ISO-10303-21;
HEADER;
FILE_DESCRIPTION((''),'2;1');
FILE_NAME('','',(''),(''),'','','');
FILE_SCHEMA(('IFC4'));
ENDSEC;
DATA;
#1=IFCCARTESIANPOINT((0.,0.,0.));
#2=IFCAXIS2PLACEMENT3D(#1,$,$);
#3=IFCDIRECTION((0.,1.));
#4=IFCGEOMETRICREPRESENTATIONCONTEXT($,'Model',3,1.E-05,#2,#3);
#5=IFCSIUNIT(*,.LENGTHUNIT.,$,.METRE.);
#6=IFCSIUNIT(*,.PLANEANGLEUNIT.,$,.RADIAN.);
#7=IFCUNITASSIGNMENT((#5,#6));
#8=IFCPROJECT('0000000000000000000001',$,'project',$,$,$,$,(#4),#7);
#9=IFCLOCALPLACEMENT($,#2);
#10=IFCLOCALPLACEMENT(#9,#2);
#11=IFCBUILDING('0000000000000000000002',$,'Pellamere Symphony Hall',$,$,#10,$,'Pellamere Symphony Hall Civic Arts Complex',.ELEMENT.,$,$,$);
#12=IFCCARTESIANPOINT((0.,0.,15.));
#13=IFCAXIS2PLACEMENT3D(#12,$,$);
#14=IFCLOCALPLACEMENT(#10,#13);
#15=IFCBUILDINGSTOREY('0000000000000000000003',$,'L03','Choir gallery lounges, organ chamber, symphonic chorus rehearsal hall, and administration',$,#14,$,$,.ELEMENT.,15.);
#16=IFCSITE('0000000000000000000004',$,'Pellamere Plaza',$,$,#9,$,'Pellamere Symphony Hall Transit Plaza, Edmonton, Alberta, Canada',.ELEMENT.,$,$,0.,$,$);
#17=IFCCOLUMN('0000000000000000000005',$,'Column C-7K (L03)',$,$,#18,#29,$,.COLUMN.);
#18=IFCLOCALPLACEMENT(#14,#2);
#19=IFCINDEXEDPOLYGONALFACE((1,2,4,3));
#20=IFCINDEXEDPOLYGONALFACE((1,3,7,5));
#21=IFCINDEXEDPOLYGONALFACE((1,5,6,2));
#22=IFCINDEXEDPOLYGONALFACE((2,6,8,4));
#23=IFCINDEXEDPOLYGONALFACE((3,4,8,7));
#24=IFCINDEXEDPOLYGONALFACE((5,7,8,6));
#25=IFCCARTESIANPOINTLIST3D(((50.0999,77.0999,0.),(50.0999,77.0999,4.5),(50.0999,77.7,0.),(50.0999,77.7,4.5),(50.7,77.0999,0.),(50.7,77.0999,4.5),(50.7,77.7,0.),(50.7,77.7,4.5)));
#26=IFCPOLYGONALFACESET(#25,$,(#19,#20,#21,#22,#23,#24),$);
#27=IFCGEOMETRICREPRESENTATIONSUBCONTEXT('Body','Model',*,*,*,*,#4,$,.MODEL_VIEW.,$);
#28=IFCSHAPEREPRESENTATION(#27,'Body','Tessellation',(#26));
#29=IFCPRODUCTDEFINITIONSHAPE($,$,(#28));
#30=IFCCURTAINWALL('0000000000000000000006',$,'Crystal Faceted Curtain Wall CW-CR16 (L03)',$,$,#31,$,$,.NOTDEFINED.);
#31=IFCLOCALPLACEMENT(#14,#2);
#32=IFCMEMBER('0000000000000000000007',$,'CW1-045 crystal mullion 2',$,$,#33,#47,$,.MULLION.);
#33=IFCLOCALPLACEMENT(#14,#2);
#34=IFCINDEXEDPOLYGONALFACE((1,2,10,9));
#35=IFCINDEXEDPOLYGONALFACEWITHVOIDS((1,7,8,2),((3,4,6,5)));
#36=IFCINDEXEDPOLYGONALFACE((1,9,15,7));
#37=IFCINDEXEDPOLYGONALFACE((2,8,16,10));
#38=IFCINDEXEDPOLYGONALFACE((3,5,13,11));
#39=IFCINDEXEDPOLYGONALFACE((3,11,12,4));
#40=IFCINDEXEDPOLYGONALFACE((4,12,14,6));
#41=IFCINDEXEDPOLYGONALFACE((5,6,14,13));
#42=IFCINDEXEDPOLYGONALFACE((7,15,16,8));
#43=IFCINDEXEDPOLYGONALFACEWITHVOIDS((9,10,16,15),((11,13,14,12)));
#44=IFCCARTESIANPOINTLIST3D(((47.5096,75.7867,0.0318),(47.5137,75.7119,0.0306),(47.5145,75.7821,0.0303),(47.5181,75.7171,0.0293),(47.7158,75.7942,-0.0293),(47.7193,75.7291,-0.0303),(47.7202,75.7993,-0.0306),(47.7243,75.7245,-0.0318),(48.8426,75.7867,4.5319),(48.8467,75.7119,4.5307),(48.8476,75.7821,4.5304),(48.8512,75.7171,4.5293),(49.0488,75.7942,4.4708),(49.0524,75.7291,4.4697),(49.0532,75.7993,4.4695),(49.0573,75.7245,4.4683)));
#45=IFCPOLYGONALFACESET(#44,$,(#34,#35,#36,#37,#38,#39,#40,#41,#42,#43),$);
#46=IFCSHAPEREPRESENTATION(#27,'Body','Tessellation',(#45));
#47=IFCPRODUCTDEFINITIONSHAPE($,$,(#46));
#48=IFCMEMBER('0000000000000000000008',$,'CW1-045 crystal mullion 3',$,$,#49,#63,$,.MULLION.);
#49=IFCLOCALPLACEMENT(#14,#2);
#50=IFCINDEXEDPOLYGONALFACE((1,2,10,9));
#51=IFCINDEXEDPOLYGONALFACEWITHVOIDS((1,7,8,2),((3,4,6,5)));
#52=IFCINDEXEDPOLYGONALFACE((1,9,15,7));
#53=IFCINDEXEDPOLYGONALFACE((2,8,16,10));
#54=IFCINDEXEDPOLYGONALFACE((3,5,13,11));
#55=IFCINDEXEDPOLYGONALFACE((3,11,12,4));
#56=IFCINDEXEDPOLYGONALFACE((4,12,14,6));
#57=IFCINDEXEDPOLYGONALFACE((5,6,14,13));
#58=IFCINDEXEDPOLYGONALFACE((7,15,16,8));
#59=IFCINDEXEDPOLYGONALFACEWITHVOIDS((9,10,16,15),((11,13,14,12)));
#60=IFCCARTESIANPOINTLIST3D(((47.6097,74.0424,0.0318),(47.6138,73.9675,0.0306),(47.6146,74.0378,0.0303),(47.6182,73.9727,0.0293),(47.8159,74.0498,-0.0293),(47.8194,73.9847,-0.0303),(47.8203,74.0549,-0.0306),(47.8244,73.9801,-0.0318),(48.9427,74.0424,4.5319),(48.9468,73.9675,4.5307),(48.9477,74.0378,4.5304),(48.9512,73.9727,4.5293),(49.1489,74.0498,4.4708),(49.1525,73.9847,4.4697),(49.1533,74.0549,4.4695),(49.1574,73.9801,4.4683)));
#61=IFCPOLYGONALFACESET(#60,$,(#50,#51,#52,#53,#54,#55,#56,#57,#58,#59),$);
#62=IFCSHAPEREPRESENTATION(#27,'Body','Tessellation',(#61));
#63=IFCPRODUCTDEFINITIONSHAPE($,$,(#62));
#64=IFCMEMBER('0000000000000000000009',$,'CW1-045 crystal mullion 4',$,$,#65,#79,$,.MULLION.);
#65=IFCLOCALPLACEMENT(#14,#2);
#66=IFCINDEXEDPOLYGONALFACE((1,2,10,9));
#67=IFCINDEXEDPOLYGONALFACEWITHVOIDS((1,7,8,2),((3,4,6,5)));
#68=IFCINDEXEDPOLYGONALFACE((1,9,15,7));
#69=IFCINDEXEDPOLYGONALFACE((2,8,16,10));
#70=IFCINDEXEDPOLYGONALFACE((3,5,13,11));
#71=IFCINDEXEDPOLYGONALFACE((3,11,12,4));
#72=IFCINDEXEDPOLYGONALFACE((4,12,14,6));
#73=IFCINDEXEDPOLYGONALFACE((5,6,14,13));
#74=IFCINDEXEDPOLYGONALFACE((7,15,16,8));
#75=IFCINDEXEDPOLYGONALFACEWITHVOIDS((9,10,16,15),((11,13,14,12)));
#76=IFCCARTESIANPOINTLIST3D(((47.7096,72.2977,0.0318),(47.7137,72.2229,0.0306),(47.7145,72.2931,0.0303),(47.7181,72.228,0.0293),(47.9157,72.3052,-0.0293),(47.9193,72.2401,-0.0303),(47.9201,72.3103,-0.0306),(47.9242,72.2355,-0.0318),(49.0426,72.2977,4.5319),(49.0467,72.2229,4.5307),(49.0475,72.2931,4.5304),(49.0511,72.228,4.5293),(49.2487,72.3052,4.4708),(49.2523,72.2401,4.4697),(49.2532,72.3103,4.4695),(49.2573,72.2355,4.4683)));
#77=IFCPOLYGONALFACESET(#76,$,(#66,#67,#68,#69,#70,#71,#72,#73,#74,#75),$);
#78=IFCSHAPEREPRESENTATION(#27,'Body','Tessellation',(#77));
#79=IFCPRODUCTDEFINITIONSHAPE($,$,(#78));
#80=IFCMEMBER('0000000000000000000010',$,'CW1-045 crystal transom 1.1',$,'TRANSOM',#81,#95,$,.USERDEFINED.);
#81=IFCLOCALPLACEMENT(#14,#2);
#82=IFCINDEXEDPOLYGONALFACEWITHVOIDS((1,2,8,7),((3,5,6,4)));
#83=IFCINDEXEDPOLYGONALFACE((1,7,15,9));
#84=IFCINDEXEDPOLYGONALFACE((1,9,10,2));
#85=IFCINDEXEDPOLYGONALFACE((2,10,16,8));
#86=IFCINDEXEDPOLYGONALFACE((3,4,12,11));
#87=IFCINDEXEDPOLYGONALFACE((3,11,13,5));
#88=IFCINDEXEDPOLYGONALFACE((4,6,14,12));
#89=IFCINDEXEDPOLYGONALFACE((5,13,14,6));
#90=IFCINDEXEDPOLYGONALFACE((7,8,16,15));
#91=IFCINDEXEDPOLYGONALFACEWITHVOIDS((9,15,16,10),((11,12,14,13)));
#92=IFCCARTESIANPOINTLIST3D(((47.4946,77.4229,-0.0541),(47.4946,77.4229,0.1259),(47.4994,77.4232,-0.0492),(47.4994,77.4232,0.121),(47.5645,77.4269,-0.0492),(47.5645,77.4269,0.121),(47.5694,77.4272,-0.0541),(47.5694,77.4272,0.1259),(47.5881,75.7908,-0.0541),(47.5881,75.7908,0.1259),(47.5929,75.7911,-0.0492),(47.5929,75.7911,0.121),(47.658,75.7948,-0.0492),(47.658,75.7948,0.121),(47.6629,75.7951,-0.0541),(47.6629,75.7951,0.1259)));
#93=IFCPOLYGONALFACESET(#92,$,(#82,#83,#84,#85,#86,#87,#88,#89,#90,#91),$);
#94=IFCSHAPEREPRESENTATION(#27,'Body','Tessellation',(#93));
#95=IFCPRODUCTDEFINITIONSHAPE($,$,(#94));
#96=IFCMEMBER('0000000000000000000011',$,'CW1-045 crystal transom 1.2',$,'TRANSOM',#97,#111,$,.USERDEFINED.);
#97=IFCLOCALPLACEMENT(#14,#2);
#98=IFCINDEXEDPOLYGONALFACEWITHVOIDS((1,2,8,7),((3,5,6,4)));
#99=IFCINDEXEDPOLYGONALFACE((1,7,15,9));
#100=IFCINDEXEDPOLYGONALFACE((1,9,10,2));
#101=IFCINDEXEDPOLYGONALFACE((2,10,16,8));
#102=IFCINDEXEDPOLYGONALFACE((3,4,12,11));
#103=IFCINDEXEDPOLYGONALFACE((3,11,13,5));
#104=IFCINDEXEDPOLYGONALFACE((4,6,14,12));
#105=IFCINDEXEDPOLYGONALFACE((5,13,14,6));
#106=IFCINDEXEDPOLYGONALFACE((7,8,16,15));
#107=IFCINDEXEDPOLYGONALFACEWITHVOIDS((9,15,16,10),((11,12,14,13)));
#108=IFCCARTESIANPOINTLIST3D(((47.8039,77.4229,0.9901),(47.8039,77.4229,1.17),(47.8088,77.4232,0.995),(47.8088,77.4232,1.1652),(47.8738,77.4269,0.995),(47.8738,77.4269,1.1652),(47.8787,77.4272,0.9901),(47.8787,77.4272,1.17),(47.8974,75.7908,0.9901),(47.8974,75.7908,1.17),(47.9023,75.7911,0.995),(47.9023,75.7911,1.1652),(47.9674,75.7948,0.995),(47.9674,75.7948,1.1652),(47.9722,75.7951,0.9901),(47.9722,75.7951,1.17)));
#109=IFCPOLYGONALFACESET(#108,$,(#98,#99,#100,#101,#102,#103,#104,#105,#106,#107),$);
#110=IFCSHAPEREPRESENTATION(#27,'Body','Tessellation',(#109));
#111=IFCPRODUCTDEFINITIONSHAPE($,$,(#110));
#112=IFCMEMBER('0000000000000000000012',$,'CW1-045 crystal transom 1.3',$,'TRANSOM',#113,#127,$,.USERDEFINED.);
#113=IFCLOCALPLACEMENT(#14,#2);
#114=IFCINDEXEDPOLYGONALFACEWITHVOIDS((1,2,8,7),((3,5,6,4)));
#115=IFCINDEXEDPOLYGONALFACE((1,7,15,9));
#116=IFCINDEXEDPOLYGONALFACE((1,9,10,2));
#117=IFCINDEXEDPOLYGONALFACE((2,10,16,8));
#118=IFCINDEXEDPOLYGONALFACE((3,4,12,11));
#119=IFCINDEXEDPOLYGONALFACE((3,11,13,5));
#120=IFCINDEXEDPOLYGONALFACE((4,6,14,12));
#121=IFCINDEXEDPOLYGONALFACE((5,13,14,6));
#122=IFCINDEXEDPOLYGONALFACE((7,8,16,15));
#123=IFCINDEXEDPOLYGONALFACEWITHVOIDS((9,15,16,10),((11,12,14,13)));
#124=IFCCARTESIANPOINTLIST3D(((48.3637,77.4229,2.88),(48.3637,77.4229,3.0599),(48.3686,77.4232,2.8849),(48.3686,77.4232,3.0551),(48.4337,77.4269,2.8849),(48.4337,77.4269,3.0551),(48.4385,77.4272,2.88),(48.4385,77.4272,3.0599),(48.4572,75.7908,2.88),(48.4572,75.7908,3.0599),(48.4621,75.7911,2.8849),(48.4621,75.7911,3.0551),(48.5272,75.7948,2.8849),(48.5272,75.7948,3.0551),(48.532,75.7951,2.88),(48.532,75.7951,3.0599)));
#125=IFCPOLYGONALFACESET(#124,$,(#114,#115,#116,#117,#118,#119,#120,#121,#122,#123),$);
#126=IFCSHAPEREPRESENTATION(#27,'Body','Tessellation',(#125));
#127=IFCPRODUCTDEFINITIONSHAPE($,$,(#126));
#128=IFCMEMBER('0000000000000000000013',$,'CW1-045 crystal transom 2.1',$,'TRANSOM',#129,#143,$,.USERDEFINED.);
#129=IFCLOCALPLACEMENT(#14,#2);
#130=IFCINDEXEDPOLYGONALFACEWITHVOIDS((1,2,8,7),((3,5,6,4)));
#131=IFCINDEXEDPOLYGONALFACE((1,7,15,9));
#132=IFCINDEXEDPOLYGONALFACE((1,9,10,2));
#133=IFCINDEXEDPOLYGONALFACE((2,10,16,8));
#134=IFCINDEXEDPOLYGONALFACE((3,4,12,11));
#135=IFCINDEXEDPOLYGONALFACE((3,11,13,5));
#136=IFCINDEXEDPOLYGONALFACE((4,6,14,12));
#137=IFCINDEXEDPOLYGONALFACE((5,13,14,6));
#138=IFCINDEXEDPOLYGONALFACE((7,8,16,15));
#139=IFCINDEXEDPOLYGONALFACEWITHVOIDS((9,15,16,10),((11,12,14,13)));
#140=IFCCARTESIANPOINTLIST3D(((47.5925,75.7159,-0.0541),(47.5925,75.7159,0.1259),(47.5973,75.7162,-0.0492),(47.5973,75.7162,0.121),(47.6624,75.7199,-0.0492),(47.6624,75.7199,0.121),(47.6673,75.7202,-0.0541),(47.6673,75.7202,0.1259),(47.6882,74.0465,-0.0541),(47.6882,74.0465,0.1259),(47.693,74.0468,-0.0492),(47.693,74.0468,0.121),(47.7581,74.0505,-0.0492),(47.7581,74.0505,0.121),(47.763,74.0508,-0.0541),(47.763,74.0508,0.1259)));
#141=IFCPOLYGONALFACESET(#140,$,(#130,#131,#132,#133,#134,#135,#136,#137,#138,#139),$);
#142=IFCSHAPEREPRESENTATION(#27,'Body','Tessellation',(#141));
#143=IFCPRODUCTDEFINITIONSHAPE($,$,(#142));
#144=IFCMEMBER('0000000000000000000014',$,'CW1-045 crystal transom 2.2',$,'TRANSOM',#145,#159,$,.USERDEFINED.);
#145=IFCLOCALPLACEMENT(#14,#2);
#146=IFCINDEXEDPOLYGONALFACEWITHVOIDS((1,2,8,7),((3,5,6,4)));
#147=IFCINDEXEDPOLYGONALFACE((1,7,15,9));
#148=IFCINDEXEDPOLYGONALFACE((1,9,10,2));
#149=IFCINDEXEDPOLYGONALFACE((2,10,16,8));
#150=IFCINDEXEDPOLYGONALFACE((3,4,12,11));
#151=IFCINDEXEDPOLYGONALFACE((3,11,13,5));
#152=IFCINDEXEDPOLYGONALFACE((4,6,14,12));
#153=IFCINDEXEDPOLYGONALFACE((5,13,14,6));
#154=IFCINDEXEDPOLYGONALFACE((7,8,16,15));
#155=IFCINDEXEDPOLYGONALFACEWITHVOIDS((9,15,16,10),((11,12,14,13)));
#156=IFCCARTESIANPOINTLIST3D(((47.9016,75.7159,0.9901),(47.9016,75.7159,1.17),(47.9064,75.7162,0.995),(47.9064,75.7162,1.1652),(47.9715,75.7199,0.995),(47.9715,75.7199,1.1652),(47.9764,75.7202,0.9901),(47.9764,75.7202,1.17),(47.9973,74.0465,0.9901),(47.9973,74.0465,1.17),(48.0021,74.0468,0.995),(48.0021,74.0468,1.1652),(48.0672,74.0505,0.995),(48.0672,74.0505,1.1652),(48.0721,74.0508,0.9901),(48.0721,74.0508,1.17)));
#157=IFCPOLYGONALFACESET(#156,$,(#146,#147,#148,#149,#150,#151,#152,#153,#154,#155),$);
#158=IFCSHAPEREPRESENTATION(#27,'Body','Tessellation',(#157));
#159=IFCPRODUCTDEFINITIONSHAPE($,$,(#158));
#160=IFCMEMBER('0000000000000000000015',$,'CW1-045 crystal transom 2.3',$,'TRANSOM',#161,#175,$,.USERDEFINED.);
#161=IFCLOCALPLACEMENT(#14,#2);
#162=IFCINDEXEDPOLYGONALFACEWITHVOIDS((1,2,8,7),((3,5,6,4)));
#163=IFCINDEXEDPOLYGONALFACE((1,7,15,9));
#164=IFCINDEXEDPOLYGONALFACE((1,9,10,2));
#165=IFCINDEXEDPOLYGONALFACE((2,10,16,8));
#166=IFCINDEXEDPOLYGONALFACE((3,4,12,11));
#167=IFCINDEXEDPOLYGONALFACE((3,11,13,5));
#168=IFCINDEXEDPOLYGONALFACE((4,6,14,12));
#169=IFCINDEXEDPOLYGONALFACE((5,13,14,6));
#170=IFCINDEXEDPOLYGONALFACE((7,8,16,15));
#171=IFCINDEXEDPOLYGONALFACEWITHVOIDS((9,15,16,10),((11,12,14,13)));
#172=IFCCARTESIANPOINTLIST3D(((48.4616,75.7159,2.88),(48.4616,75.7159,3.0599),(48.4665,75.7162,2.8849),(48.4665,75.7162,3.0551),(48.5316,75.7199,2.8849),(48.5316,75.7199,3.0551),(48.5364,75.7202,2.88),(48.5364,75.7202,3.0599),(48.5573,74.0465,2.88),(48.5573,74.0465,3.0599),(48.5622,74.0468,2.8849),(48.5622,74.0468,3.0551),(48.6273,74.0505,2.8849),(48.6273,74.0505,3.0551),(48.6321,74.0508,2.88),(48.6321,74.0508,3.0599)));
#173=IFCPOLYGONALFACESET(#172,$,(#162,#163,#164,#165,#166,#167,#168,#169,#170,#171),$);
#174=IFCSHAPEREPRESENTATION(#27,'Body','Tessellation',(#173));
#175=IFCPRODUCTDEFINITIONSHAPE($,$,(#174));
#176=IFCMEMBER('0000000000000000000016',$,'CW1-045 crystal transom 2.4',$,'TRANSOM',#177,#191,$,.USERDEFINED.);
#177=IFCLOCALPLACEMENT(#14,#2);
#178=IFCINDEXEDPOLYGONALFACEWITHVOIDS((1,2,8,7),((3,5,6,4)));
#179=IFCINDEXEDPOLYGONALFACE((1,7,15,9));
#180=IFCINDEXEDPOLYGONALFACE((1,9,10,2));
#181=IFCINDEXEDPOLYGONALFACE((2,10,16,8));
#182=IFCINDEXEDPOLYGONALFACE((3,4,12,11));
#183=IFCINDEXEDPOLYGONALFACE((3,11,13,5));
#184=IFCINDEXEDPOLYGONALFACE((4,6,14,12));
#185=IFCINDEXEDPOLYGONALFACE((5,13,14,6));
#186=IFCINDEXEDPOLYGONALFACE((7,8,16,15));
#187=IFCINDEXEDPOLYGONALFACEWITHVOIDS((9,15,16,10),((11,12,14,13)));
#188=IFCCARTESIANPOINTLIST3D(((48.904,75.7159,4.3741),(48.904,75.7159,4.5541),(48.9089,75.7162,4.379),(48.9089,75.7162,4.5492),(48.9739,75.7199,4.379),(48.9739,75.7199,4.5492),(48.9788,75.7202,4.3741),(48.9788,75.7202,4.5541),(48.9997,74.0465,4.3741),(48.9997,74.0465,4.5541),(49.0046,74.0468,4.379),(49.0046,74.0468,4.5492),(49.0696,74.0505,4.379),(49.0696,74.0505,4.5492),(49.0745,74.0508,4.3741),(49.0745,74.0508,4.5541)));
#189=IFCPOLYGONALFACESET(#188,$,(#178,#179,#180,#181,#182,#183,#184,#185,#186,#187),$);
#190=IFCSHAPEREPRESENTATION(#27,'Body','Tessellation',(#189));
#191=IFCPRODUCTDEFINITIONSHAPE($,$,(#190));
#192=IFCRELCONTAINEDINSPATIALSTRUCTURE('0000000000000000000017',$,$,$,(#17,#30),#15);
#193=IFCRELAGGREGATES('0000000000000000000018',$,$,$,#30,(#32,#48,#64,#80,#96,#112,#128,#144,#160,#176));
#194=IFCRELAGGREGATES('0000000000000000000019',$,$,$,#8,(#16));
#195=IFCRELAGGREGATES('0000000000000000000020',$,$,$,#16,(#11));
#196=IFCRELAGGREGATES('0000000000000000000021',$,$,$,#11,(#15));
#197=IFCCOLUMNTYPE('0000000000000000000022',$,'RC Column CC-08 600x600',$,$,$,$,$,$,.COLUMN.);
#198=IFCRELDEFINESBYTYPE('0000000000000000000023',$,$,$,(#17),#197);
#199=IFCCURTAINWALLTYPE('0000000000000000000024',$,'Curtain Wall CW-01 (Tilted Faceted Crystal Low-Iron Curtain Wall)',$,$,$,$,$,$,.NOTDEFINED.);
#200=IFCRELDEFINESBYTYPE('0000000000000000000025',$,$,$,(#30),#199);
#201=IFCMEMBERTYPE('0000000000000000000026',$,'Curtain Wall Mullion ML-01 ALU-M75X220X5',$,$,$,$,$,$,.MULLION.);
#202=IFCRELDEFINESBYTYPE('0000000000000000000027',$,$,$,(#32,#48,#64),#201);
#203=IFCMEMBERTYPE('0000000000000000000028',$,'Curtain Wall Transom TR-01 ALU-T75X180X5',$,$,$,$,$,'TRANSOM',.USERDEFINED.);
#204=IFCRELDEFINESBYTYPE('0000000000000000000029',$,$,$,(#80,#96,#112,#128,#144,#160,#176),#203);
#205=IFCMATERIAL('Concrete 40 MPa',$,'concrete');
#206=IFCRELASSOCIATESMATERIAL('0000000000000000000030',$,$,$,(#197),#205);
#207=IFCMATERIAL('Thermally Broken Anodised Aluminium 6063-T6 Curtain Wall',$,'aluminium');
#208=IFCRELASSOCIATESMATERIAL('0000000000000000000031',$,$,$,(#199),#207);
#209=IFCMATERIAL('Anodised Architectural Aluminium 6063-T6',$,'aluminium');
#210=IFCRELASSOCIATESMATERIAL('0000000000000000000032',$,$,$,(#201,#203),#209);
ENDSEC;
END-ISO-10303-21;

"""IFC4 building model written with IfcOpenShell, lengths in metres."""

from ifc_helpers import new_model, si_unit, direction, frame, origin, origin_2d, place, context, subcontext, project, spatial, rectangle, hollow_rectangle, extrude, material, material_profile, profile_set, type_object, element, aggregate, save


model = new_model("IFC4")

# Units and contexts
model_context = context("Model", 3, precision=1e-05, world=origin(), true_north=direction((0.0, 1.0)))
body_context = subcontext(model_context, "Body", "Model", "MODEL_VIEW")
ifc_project = project(units=[si_unit("LENGTHUNIT", "METRE"), si_unit("PLANEANGLEUNIT", "RADIAN")], contexts=[model_context])

# Site, building, storey
site_placement = place(None, origin())
site = spatial("IfcSite", under=ifc_project, at=site_placement, Name="Pellamere Plaza", LongName="Pellamere Symphony Hall Transit Plaza, Edmonton, Alberta, Canada", CompositionType="ELEMENT", RefElevation=0.0)
building_placement = place(site_placement, origin())
building = spatial("IfcBuilding", under=site, at=building_placement, Name="Pellamere Symphony Hall", LongName="Pellamere Symphony Hall Civic Arts Complex", CompositionType="ELEMENT")
storey_placement = place(building_placement, frame((0.0, 0.0, 15.0)))
storey = spatial("IfcBuildingStorey", under=building, at=storey_placement, Name="L03", Description="Choir gallery lounges, organ chamber, symphonic chorus rehearsal hall, and administration", CompositionType="ELEMENT", Elevation=15.0)

# Column
ifc_material_1 = material(Name="Concrete 40 MPa", Category="concrete")
ifc_material_profile_1 = material_profile(ifc_material_1, rectangle(XDim=0.6001, YDim=0.6001, at=origin_2d()), Name="RC 600x600")
ifc_profile_set_1 = profile_set([ifc_material_profile_1], Name="Concrete 40 MPa")
column_type = type_object("IfcColumnType", Name="RC Column CC-08 600x600", PredefinedType="COLUMN", material=ifc_profile_set_1)
column_placement = place(storey_placement, frame((50.3999, 77.3999, 0.0), z_axis=(0.0, 0.0, 1.0), x_axis=(1.0, 0.0, 0.0)))
element("IfcColumn", 1, at=column_placement, inside=storey, type_object=column_type, Name="Column C-7K (L03)", PredefinedType="COLUMN", context=body_context, shape_type="SweptSolid", body=[
    extrude(rectangle(XDim=0.6001, YDim=0.6001, at=origin_2d()), origin(), (0.0, 0.0, 1.0), 4.5),
])

# Curtain wall, members
ifc_material_2 = material(Name="Thermally Broken Anodised Aluminium 6063-T6 Curtain Wall", Category="aluminium")
curtain_wall_type = type_object("IfcCurtainWallType", Name="Curtain Wall CW-01 (Tilted Faceted Crystal Low-Iron Curtain Wall)", PredefinedType="NOTDEFINED", material=ifc_material_2)
curtain_wall_placement = place(storey_placement, origin())
curtain_wall = element("IfcCurtainWall", 2, at=curtain_wall_placement, inside=storey, type_object=curtain_wall_type, Name="Crystal Faceted Curtain Wall CW-CR16 (L03)", PredefinedType="NOTDEFINED")
ifc_material_3 = material(Name="Anodised Architectural Aluminium 6063-T6", Category="aluminium")
ifc_material_profile_2 = material_profile(ifc_material_3, hollow_rectangle(XDim=0.075, YDim=0.22, WallThickness=0.0049, at=origin_2d()), Name="ALU-M75X220X5")
ifc_profile_set_2 = profile_set([ifc_material_profile_2], Name="Anodised Architectural Aluminium 6063-T6")
member_type_1 = type_object("IfcMemberType", Name="Curtain Wall Mullion ML-01 ALU-M75X220X5", PredefinedType="MULLION", material=ifc_profile_set_2)
member_1_placement = place(storey_placement, frame((47.6169, 75.7556, 0.0), z_axis=(0.284025, 0.0, 0.958817), x_axis=(-0.054874, 0.998361, 0.016255)))
member_1 = element("IfcMember", 3, at=member_1_placement, type_object=member_type_1, Name="CW1-045 crystal mullion 2", PredefinedType="MULLION", context=body_context, shape_type="SweptSolid", body=[
    extrude(hollow_rectangle(XDim=0.075, YDim=0.22, WallThickness=0.0049, at=origin_2d()), origin(), (0.0, 0.0, 1.0), 4.6934),
])
member_2_placement = place(storey_placement, frame((47.717, 74.0112, 0.0), z_axis=(0.284025, 0.0, 0.958817), x_axis=(-0.054874, 0.998361, 0.016255)))
member_2 = element("IfcMember", 4, at=member_2_placement, type_object=member_type_1, Name="CW1-045 crystal mullion 3", PredefinedType="MULLION", context=body_context, shape_type="SweptSolid", body=[
    extrude(hollow_rectangle(XDim=0.075, YDim=0.22, WallThickness=0.0049, at=origin_2d()), origin(), (0.0, 0.0, 1.0), 4.6934),
])
member_3_placement = place(storey_placement, frame((47.8169, 72.2666, 0.0), z_axis=(0.284025, 0.0, 0.958817), x_axis=(-0.054874, 0.998361, 0.016255)))
member_3 = element("IfcMember", 5, at=member_3_placement, type_object=member_type_1, Name="CW1-045 crystal mullion 4", PredefinedType="MULLION", context=body_context, shape_type="SweptSolid", body=[
    extrude(hollow_rectangle(XDim=0.075, YDim=0.22, WallThickness=0.0049, at=origin_2d()), origin(), (0.0, 0.0, 1.0), 4.6934),
])
ifc_material_profile_3 = material_profile(ifc_material_3, hollow_rectangle(XDim=0.075, YDim=0.1799, WallThickness=0.0049, at=origin_2d()), Name="ALU-T75X180X5")
ifc_profile_set_3 = profile_set([ifc_material_profile_3], Name="Anodised Architectural Aluminium 6063-T6")
member_type_2 = type_object("IfcMemberType", Name="Curtain Wall Transom TR-01 ALU-T75X180X5", ElementType="TRANSOM", PredefinedType="USERDEFINED", material=ifc_profile_set_3)
member_4_placement = place(storey_placement, frame((47.532, 77.425, 0.0359), z_axis=(0.057199, -0.998363, 0.0), x_axis=(0.998363, 0.057199, 0.0)))
member_4 = element("IfcMember", 6, at=member_4_placement, type_object=member_type_2, Name="CW1-045 crystal transom 1.1", ObjectType="TRANSOM", PredefinedType="USERDEFINED", context=body_context, shape_type="SweptSolid", body=[
    extrude(hollow_rectangle(XDim=0.075, YDim=0.1799, WallThickness=0.0049, at=origin_2d()), origin(), (0.0, 0.0, 1.0), 1.6348),
])
member_5_placement = place(storey_placement, frame((47.8413, 77.425, 1.0801), z_axis=(0.057199, -0.998363, 0.0), x_axis=(0.998363, 0.057199, 0.0)))
member_5 = element("IfcMember", 7, at=member_5_placement, type_object=member_type_2, Name="CW1-045 crystal transom 1.2", ObjectType="TRANSOM", PredefinedType="USERDEFINED", context=body_context, shape_type="SweptSolid", body=[
    extrude(hollow_rectangle(XDim=0.075, YDim=0.1799, WallThickness=0.0049, at=origin_2d()), origin(), (0.0, 0.0, 1.0), 1.6348),
])
member_6_placement = place(storey_placement, frame((48.4011, 77.425, 2.97), z_axis=(0.057199, -0.998363, 0.0), x_axis=(0.998363, 0.057199, 0.0)))
member_6 = element("IfcMember", 8, at=member_6_placement, type_object=member_type_2, Name="CW1-045 crystal transom 1.3", ObjectType="TRANSOM", PredefinedType="USERDEFINED", context=body_context, shape_type="SweptSolid", body=[
    extrude(hollow_rectangle(XDim=0.075, YDim=0.1799, WallThickness=0.0049, at=origin_2d()), origin(), (0.0, 0.0, 1.0), 1.6348),
])
member_7_placement = place(storey_placement, frame((47.6299, 75.718, 0.0359), z_axis=(0.057233, -0.998361, 0.0), x_axis=(0.998361, 0.057233, 0.0)))
member_7 = element("IfcMember", 9, at=member_7_placement, type_object=member_type_2, Name="CW1-045 crystal transom 2.1", ObjectType="TRANSOM", PredefinedType="USERDEFINED", context=body_context, shape_type="SweptSolid", body=[
    extrude(hollow_rectangle(XDim=0.075, YDim=0.1799, WallThickness=0.0049, at=origin_2d()), origin(), (0.0, 0.0, 1.0), 1.6721),
])
member_8_placement = place(storey_placement, frame((47.939, 75.718, 1.0801), z_axis=(0.057233, -0.998361, 0.0), x_axis=(0.998361, 0.057233, 0.0)))
member_8 = element("IfcMember", 10, at=member_8_placement, type_object=member_type_2, Name="CW1-045 crystal transom 2.2", ObjectType="TRANSOM", PredefinedType="USERDEFINED", context=body_context, shape_type="SweptSolid", body=[
    extrude(hollow_rectangle(XDim=0.075, YDim=0.1799, WallThickness=0.0049, at=origin_2d()), origin(), (0.0, 0.0, 1.0), 1.6721),
])
member_9_placement = place(storey_placement, frame((48.499, 75.718, 2.97), z_axis=(0.057233, -0.998361, 0.0), x_axis=(0.998361, 0.057233, 0.0)))
member_9 = element("IfcMember", 11, at=member_9_placement, type_object=member_type_2, Name="CW1-045 crystal transom 2.3", ObjectType="TRANSOM", PredefinedType="USERDEFINED", context=body_context, shape_type="SweptSolid", body=[
    extrude(hollow_rectangle(XDim=0.075, YDim=0.1799, WallThickness=0.0049, at=origin_2d()), origin(), (0.0, 0.0, 1.0), 1.6721),
])
member_10_placement = place(storey_placement, frame((48.9414, 75.718, 4.4641), z_axis=(0.057233, -0.998361, 0.0), x_axis=(0.998361, 0.057233, 0.0)))
member_10 = element("IfcMember", 12, at=member_10_placement, type_object=member_type_2, Name="CW1-045 crystal transom 2.4", ObjectType="TRANSOM", PredefinedType="USERDEFINED", context=body_context, shape_type="SweptSolid", body=[
    extrude(hollow_rectangle(XDim=0.075, YDim=0.1799, WallThickness=0.0049, at=origin_2d()), origin(), (0.0, 0.0, 1.0), 1.6721),
])

aggregate(curtain_wall, [member_1, member_2, member_3, member_4, member_5, member_6, member_7, member_8, member_9, member_10])

save(model, "model.ifc")
